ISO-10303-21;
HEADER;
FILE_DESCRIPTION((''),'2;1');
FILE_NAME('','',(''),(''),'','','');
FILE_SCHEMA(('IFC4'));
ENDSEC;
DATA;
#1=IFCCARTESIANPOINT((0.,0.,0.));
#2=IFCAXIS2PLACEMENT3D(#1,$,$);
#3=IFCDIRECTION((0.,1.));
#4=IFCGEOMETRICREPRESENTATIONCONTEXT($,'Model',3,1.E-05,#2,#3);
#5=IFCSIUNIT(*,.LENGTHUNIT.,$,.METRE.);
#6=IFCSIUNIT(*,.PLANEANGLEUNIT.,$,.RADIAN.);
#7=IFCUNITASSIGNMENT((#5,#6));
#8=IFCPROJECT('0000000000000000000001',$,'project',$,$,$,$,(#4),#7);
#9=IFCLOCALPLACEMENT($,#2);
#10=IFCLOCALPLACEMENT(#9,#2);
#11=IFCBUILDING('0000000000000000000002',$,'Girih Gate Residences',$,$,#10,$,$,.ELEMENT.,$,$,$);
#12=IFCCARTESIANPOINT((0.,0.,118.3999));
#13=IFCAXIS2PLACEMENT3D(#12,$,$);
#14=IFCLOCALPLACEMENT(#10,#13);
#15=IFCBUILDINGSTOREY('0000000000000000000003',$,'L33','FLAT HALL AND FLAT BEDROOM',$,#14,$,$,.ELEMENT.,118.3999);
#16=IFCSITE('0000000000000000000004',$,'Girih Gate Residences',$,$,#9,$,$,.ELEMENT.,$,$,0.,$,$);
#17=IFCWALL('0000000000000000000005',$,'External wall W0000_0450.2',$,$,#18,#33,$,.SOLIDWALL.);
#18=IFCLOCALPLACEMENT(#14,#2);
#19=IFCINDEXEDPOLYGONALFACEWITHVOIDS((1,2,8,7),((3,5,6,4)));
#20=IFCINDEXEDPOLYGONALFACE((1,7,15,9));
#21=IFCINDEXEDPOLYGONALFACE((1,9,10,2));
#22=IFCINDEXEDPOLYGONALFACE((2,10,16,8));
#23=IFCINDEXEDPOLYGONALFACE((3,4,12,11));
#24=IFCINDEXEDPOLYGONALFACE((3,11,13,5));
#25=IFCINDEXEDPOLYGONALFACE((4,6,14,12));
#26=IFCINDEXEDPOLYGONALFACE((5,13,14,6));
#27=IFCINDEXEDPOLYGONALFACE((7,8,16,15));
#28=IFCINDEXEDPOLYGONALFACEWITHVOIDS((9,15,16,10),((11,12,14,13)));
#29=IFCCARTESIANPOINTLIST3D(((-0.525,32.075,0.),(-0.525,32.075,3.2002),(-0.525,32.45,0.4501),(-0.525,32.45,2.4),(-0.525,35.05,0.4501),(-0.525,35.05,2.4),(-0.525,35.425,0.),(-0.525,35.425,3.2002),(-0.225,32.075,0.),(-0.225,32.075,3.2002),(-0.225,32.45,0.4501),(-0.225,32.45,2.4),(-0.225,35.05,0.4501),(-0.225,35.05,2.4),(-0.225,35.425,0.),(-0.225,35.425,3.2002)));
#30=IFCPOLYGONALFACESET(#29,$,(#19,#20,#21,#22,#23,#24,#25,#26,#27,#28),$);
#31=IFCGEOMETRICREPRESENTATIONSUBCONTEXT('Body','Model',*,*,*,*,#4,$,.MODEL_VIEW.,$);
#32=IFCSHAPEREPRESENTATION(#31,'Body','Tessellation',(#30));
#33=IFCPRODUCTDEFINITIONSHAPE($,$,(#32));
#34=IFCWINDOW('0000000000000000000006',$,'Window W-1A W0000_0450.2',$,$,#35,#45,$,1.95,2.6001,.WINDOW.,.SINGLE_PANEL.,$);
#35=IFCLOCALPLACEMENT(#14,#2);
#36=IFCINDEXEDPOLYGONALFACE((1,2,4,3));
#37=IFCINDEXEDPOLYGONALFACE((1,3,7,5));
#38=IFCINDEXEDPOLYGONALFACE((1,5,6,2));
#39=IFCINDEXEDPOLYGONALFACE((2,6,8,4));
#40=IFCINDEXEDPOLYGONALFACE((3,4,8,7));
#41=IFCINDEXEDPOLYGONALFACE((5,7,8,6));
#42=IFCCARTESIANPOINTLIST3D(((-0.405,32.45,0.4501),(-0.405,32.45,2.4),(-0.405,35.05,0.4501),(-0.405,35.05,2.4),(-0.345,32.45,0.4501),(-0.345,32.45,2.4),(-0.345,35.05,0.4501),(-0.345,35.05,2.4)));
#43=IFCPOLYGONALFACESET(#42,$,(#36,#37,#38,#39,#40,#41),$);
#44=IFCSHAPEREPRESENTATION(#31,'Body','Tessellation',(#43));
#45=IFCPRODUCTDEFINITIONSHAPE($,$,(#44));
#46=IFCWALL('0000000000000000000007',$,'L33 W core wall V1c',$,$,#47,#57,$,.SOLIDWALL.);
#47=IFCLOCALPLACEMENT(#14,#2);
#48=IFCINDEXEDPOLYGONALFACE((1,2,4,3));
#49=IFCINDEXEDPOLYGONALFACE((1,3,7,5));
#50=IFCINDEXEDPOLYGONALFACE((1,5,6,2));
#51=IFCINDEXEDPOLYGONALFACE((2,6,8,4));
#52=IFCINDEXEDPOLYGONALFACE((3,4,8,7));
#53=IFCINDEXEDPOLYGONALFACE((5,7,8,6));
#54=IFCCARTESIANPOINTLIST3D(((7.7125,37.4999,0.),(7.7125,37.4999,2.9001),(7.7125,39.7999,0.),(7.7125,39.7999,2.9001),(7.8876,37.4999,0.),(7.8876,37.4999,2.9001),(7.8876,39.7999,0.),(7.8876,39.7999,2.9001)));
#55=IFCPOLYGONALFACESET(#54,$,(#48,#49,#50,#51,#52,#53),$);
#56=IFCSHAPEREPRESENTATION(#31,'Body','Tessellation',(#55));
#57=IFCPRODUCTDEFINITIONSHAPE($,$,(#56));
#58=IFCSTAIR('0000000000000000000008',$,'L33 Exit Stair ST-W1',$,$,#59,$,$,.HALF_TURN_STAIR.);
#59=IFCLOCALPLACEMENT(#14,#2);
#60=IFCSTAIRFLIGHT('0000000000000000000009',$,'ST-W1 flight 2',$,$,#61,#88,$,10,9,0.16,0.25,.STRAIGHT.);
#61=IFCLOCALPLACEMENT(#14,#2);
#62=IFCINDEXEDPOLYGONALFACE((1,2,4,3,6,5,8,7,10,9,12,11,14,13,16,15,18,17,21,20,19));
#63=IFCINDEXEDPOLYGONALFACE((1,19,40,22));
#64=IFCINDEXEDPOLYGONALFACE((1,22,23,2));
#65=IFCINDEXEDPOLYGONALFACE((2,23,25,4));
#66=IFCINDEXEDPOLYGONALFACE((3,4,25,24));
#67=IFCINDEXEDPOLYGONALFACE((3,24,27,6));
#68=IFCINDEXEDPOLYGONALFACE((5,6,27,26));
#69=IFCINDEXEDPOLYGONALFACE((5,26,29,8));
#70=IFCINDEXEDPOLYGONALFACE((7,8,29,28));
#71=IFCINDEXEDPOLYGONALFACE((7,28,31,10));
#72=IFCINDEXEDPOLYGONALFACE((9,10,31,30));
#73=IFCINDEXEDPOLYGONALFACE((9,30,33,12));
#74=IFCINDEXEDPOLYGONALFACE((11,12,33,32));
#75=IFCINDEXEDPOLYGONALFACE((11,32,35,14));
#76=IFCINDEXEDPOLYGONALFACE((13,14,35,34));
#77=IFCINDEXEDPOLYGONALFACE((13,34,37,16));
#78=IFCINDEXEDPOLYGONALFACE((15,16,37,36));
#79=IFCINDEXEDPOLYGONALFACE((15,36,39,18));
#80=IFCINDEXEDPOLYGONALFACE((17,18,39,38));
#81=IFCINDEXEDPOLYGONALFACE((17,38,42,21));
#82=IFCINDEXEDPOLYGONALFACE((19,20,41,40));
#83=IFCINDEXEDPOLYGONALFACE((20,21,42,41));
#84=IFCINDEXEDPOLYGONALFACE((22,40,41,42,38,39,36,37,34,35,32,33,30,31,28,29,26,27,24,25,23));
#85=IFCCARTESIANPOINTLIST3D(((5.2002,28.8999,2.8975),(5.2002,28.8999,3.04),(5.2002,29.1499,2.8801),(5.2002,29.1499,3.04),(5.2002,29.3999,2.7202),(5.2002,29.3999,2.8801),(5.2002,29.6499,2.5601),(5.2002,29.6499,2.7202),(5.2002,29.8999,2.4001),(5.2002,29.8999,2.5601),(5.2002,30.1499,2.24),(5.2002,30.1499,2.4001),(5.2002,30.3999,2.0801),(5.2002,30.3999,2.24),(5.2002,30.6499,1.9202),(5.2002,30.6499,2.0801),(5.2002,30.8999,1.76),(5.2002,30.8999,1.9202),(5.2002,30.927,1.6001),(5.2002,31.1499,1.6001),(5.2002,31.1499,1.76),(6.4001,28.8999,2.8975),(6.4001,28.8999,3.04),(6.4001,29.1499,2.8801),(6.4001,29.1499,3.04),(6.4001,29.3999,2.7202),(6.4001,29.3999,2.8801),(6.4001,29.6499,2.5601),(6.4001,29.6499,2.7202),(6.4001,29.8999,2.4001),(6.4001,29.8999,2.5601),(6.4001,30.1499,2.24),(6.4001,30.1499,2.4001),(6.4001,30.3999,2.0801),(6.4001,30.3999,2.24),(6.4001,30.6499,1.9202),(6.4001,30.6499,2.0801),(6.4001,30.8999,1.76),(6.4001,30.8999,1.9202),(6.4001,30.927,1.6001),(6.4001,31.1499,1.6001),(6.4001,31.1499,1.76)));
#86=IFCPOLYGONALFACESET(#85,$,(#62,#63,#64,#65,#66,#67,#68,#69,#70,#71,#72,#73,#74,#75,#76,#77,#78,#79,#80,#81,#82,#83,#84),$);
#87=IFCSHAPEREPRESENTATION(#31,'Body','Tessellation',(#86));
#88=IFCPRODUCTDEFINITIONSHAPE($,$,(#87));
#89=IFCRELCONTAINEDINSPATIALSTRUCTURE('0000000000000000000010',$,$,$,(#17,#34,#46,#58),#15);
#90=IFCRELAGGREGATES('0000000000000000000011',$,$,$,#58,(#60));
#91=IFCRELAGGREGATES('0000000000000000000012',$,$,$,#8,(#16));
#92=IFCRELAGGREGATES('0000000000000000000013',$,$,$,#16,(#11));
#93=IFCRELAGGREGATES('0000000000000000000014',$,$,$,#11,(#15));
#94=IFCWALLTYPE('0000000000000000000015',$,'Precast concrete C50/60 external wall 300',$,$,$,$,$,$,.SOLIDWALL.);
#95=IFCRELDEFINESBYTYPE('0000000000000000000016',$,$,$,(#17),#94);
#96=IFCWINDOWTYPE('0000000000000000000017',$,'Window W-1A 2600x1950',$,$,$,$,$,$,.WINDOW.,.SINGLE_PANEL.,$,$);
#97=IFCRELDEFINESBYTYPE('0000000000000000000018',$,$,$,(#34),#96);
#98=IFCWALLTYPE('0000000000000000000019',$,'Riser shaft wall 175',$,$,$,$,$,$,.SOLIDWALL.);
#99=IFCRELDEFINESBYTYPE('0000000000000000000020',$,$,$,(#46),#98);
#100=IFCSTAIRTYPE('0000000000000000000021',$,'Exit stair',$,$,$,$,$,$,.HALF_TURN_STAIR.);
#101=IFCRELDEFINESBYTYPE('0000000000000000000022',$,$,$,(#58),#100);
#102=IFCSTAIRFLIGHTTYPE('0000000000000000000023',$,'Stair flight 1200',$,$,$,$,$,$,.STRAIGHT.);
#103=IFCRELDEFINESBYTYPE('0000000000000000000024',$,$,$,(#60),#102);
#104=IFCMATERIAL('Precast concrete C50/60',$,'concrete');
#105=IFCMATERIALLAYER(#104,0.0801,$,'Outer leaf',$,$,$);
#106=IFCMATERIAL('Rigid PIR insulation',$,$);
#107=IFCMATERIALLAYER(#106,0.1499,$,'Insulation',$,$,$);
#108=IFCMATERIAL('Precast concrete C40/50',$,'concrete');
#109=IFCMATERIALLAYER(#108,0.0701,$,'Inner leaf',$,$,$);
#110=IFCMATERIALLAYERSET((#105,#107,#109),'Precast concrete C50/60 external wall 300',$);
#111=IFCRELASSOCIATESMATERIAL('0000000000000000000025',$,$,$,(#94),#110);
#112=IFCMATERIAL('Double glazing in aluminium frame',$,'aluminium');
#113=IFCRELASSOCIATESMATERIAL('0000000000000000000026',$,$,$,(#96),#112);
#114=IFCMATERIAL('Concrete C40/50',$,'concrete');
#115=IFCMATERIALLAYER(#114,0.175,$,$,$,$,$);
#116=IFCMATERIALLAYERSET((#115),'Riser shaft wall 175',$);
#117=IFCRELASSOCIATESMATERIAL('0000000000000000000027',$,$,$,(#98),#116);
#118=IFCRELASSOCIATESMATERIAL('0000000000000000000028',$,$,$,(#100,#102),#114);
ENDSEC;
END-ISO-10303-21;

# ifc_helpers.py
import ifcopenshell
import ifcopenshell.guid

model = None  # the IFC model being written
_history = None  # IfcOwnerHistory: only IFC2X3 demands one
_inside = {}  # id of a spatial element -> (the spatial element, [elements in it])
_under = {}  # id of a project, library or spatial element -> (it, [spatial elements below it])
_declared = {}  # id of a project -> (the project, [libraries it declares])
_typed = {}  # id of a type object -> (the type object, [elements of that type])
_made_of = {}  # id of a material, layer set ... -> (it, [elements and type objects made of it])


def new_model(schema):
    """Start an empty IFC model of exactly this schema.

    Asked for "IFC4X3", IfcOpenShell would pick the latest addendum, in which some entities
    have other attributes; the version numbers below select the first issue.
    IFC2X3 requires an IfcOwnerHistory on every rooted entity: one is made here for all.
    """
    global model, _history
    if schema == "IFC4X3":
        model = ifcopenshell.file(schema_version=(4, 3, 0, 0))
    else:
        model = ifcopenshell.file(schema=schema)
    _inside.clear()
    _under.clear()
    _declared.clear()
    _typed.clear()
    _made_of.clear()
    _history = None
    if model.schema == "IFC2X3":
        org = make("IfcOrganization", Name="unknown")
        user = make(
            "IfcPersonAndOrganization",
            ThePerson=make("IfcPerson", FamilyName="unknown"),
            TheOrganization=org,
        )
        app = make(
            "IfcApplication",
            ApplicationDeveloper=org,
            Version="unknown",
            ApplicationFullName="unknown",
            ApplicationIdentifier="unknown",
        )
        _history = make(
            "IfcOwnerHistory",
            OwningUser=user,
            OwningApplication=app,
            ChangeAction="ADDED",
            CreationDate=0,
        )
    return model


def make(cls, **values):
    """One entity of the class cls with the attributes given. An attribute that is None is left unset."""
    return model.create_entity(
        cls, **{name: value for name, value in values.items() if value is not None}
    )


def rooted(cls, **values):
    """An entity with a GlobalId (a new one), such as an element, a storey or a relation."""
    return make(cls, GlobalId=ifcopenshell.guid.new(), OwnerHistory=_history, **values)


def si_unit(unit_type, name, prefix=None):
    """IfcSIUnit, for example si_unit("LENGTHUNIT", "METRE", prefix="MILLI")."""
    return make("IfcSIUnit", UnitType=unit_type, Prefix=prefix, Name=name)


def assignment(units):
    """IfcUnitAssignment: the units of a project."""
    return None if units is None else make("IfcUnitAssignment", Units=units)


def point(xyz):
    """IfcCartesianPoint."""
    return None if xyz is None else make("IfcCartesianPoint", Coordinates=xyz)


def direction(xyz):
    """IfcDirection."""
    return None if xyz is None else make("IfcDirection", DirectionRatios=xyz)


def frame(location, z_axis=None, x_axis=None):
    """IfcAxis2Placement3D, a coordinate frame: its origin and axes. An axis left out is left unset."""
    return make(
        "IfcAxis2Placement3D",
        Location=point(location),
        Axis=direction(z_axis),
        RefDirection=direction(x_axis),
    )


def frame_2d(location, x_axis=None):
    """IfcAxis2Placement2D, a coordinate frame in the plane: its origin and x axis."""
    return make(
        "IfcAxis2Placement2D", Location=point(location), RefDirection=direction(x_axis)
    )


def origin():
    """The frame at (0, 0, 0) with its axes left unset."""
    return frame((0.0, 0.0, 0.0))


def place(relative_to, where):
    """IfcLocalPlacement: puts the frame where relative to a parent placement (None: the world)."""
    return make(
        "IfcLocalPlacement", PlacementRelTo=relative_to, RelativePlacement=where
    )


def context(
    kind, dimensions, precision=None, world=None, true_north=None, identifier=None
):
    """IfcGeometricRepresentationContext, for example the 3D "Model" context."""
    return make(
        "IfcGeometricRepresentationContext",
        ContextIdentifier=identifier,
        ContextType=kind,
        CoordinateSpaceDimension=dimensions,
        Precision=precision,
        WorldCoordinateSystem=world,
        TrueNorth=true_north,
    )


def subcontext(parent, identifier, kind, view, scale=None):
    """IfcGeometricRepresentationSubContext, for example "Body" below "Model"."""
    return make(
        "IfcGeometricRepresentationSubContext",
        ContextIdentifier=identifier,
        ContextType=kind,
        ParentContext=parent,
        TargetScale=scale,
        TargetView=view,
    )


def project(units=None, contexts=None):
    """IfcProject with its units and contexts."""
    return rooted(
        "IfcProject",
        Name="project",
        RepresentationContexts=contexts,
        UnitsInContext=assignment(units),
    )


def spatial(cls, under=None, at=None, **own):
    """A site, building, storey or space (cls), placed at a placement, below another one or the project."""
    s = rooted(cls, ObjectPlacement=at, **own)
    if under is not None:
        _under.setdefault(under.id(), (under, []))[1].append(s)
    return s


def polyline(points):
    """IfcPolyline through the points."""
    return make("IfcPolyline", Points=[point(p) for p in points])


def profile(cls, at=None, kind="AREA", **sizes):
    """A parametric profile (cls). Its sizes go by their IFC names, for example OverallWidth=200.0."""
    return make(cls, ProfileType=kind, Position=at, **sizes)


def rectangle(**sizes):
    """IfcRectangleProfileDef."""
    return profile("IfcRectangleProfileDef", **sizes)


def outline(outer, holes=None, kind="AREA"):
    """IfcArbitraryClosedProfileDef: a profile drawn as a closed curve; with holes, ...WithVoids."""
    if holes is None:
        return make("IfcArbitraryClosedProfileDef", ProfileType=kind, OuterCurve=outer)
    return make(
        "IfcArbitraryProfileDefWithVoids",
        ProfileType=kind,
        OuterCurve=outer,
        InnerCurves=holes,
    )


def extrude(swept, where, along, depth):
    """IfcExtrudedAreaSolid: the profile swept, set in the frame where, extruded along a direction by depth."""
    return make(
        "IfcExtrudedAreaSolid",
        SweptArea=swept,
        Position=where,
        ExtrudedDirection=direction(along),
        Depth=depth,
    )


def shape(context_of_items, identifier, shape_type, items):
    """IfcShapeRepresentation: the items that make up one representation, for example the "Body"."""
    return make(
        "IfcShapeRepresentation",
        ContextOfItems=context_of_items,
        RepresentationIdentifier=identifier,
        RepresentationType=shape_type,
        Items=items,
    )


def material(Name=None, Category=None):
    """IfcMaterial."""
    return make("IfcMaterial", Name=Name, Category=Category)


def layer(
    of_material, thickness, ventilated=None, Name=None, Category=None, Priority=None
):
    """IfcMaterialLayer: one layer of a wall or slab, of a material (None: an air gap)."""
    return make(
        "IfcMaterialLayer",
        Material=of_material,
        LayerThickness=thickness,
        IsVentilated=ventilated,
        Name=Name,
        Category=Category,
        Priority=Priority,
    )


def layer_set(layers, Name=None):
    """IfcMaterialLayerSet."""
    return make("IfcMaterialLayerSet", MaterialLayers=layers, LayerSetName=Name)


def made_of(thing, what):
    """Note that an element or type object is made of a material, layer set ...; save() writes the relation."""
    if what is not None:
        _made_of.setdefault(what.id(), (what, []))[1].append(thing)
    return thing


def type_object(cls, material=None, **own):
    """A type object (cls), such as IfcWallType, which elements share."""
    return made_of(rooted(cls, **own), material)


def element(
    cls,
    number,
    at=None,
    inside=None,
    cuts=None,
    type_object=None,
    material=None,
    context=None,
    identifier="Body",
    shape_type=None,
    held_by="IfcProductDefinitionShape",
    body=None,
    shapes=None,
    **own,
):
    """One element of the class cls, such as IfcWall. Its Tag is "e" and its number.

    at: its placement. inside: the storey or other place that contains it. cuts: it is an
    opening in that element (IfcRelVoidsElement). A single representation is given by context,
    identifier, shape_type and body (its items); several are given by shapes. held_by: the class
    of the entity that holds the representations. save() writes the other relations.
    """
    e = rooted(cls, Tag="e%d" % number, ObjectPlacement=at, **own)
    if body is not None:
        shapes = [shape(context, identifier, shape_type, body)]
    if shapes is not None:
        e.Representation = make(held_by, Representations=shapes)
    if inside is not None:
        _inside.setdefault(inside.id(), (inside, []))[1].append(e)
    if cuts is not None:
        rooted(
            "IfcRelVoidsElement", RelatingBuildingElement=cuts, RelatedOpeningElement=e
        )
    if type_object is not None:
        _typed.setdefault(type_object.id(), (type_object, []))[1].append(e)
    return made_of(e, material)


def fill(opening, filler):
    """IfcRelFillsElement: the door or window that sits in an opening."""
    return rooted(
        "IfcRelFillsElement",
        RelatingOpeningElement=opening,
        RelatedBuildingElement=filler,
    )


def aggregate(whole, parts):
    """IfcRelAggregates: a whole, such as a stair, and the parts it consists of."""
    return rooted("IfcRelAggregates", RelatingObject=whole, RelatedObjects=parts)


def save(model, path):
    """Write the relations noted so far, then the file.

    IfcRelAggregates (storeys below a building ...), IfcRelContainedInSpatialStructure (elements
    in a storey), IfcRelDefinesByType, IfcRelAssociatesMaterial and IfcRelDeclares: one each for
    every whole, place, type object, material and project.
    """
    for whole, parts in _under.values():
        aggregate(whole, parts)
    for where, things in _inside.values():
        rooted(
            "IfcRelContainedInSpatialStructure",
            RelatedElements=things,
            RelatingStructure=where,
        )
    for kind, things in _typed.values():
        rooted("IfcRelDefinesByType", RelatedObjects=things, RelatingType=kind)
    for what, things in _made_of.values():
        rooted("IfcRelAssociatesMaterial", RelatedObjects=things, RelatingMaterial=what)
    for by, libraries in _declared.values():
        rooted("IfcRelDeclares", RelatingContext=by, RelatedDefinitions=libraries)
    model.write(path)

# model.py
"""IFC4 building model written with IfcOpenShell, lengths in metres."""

from ifc_helpers import new_model, si_unit, direction, frame, frame_2d, origin, place, context, subcontext, project, spatial, polyline, rectangle, outline, extrude, material, layer, layer_set, type_object, element, fill, aggregate, save


model = new_model("IFC4")

# Units and contexts
model_context = context("Model", 3, precision=1e-05, world=origin(), true_north=direction((0.0, 1.0)))
body_context = subcontext(model_context, "Body", "Model", "MODEL_VIEW")
ifc_project = project(units=[si_unit("LENGTHUNIT", "METRE"), si_unit("PLANEANGLEUNIT", "RADIAN")], contexts=[model_context])

# Site, building, storey
site_placement = place(None, origin())
site = spatial("IfcSite", under=ifc_project, at=site_placement, Name="Girih Gate Residences", CompositionType="ELEMENT", RefElevation=0.0)
building_placement = place(site_placement, origin())
building = spatial("IfcBuilding", under=site, at=building_placement, Name="Girih Gate Residences", CompositionType="ELEMENT")
storey_placement = place(building_placement, frame((0.0, 0.0, 118.3999)))
storey = spatial("IfcBuildingStorey", under=building, at=storey_placement, Name="L33", Description="FLAT HALL AND FLAT BEDROOM", CompositionType="ELEMENT", Elevation=118.3999)

# Shared definitions
ifc_material_1 = material(Name="Concrete C40/50", Category="concrete")

# Wall, opening, window
ifc_material_2 = material(Name="Precast concrete C50/60", Category="concrete")
ifc_layer_1 = layer(ifc_material_2, 0.0801, Name="Outer leaf")
ifc_material_3 = material(Name="Rigid PIR insulation")
ifc_layer_2 = layer(ifc_material_3, 0.1499, Name="Insulation")
ifc_material_4 = material(Name="Precast concrete C40/50", Category="concrete")
ifc_layer_3 = layer(ifc_material_4, 0.0701, Name="Inner leaf")
ifc_layer_set_1 = layer_set([ifc_layer_1, ifc_layer_2, ifc_layer_3], Name="Precast concrete C50/60 external wall 300")
wall_type_1 = type_object("IfcWallType", Name="Precast concrete C50/60 external wall 300", PredefinedType="SOLIDWALL", material=ifc_layer_set_1)
ifc_material_5 = material(Name="Double glazing in aluminium frame", Category="aluminium")
window_type = type_object("IfcWindowType", Name="Window W-1A 2600x1950", PartitioningType="SINGLE_PANEL", PredefinedType="WINDOW", material=ifc_material_5)
wall_1_placement = place(storey_placement, frame((-0.375, 32.075, 0.0), z_axis=(0.0, 0.0, 1.0), x_axis=(0.0, 1.0, 0.0)))
wall_1 = element("IfcWall", 1, at=wall_1_placement, inside=storey, type_object=wall_type_1, Name="External wall W0000_0450.2", PredefinedType="SOLIDWALL", context=body_context, shape_type="SweptSolid", body=[
    extrude(rectangle(XDim=3.3501, YDim=0.3, at=frame_2d((1.675, 0.0))), origin(), (0.0, 0.0, 1.0), 3.2002),
])
opening_1_placement = place(wall_1_placement, frame((0.375, 0.0, 0.45)))
opening_1 = element("IfcOpeningElement", 2, at=opening_1_placement, cuts=wall_1, PredefinedType="OPENING", context=body_context, shape_type="SweptSolid", body=[
    extrude(rectangle(XDim=2.6001, YDim=1.95, at=frame_2d((1.3, 0.9751))), frame((0.0, 0.1599, 0.0), z_axis=(0.0, -1.0, 0.0), x_axis=(1.0, 0.0, 0.0)), (0.0, 0.0, 1.0), 0.3201),
])
window_1_placement = place(opening_1_placement, origin())
window_1 = element("IfcWindow", 3, at=window_1_placement, inside=storey, type_object=window_type, Name="Window W-1A W0000_0450.2", OverallHeight=1.95, OverallWidth=2.6001, PartitioningType="SINGLE_PANEL", PredefinedType="WINDOW", context=body_context, shape_type="SweptSolid", body=[
    extrude(rectangle(XDim=2.6001, YDim=1.95, at=frame_2d((1.3, 0.9751))), frame((0.0, 0.03, 0.0), z_axis=(0.0, -1.0, 0.0), x_axis=(1.0, 0.0, 0.0)), (0.0, 0.0, 1.0), 0.0601),
])
fill(opening_1, window_1)

# Wall
ifc_layer_4 = layer(ifc_material_1, 0.175)
ifc_layer_set_2 = layer_set([ifc_layer_4], Name="Riser shaft wall 175")
wall_type_2 = type_object("IfcWallType", Name="Riser shaft wall 175", PredefinedType="SOLIDWALL", material=ifc_layer_set_2)
wall_2_placement = place(storey_placement, frame((7.8, 37.5, 0.0), z_axis=(0.0, 0.0, 1.0), x_axis=(0.0, 1.0, 0.0)))
element("IfcWall", 4, at=wall_2_placement, inside=storey, type_object=wall_type_2, Name="L33 W core wall V1c", PredefinedType="SOLIDWALL", context=body_context, shape_type="SweptSolid", body=[
    extrude(rectangle(XDim=2.3, YDim=0.175, at=frame_2d((1.1499, 0.0))), origin(), (0.0, 0.0, 1.0), 2.9001),
])

# Stair, stair flight
stair_type = type_object("IfcStairType", Name="Exit stair", PredefinedType="HALF_TURN_STAIR", material=ifc_material_1)
stair_placement = place(storey_placement, origin())
stair = element("IfcStair", 5, at=stair_placement, inside=storey, type_object=stair_type, Name="L33 Exit Stair ST-W1", PredefinedType="HALF_TURN_STAIR")
stair_flight_type = type_object("IfcStairFlightType", Name="Stair flight 1200", PredefinedType="STRAIGHT", material=ifc_material_1)
stair_flight_placement = place(storey_placement, frame((5.8, 31.1499, 1.6001), z_axis=(0.0, 0.0, 1.0), x_axis=(0.0, -1.0, 0.0)))
stair_flight = element("IfcStairFlight", 6, at=stair_flight_placement, type_object=stair_flight_type, Name="ST-W1 flight 2", NumberOfRisers=10, NumberOfTreads=9, PredefinedType="STRAIGHT", RiserHeight=0.16, TreadLength=0.25, context=body_context, shape_type="SweptSolid", body=[
    extrude(outline(polyline([(0.0, 0.0), (0.0, 0.1599), (0.25, 0.1599), (0.25, 0.3201), (0.5, 0.3201), (0.5, 0.48), (0.75, 0.48), (0.75, 0.6399), (1.0, 0.6399), (1.0, 0.8), (1.25, 0.8), (1.25, 0.96), (1.5, 0.96), (1.5, 1.1201), (1.75, 1.1201), (1.75, 1.28), (2.0, 1.28), (2.0, 1.4399), (2.25, 1.4399), (2.25, 1.6001), (2.25, 1.2974), (0.2229, 0.0), (0.0, 0.0)])), frame((0.0, 0.6001, 0.0), z_axis=(0.0, -1.0, 0.0), x_axis=(1.0, 0.0, 0.0)), (0.0, 0.0, 1.0), 1.2),
])
aggregate(stair, [stair_flight])

save(model, "model.ifc")
